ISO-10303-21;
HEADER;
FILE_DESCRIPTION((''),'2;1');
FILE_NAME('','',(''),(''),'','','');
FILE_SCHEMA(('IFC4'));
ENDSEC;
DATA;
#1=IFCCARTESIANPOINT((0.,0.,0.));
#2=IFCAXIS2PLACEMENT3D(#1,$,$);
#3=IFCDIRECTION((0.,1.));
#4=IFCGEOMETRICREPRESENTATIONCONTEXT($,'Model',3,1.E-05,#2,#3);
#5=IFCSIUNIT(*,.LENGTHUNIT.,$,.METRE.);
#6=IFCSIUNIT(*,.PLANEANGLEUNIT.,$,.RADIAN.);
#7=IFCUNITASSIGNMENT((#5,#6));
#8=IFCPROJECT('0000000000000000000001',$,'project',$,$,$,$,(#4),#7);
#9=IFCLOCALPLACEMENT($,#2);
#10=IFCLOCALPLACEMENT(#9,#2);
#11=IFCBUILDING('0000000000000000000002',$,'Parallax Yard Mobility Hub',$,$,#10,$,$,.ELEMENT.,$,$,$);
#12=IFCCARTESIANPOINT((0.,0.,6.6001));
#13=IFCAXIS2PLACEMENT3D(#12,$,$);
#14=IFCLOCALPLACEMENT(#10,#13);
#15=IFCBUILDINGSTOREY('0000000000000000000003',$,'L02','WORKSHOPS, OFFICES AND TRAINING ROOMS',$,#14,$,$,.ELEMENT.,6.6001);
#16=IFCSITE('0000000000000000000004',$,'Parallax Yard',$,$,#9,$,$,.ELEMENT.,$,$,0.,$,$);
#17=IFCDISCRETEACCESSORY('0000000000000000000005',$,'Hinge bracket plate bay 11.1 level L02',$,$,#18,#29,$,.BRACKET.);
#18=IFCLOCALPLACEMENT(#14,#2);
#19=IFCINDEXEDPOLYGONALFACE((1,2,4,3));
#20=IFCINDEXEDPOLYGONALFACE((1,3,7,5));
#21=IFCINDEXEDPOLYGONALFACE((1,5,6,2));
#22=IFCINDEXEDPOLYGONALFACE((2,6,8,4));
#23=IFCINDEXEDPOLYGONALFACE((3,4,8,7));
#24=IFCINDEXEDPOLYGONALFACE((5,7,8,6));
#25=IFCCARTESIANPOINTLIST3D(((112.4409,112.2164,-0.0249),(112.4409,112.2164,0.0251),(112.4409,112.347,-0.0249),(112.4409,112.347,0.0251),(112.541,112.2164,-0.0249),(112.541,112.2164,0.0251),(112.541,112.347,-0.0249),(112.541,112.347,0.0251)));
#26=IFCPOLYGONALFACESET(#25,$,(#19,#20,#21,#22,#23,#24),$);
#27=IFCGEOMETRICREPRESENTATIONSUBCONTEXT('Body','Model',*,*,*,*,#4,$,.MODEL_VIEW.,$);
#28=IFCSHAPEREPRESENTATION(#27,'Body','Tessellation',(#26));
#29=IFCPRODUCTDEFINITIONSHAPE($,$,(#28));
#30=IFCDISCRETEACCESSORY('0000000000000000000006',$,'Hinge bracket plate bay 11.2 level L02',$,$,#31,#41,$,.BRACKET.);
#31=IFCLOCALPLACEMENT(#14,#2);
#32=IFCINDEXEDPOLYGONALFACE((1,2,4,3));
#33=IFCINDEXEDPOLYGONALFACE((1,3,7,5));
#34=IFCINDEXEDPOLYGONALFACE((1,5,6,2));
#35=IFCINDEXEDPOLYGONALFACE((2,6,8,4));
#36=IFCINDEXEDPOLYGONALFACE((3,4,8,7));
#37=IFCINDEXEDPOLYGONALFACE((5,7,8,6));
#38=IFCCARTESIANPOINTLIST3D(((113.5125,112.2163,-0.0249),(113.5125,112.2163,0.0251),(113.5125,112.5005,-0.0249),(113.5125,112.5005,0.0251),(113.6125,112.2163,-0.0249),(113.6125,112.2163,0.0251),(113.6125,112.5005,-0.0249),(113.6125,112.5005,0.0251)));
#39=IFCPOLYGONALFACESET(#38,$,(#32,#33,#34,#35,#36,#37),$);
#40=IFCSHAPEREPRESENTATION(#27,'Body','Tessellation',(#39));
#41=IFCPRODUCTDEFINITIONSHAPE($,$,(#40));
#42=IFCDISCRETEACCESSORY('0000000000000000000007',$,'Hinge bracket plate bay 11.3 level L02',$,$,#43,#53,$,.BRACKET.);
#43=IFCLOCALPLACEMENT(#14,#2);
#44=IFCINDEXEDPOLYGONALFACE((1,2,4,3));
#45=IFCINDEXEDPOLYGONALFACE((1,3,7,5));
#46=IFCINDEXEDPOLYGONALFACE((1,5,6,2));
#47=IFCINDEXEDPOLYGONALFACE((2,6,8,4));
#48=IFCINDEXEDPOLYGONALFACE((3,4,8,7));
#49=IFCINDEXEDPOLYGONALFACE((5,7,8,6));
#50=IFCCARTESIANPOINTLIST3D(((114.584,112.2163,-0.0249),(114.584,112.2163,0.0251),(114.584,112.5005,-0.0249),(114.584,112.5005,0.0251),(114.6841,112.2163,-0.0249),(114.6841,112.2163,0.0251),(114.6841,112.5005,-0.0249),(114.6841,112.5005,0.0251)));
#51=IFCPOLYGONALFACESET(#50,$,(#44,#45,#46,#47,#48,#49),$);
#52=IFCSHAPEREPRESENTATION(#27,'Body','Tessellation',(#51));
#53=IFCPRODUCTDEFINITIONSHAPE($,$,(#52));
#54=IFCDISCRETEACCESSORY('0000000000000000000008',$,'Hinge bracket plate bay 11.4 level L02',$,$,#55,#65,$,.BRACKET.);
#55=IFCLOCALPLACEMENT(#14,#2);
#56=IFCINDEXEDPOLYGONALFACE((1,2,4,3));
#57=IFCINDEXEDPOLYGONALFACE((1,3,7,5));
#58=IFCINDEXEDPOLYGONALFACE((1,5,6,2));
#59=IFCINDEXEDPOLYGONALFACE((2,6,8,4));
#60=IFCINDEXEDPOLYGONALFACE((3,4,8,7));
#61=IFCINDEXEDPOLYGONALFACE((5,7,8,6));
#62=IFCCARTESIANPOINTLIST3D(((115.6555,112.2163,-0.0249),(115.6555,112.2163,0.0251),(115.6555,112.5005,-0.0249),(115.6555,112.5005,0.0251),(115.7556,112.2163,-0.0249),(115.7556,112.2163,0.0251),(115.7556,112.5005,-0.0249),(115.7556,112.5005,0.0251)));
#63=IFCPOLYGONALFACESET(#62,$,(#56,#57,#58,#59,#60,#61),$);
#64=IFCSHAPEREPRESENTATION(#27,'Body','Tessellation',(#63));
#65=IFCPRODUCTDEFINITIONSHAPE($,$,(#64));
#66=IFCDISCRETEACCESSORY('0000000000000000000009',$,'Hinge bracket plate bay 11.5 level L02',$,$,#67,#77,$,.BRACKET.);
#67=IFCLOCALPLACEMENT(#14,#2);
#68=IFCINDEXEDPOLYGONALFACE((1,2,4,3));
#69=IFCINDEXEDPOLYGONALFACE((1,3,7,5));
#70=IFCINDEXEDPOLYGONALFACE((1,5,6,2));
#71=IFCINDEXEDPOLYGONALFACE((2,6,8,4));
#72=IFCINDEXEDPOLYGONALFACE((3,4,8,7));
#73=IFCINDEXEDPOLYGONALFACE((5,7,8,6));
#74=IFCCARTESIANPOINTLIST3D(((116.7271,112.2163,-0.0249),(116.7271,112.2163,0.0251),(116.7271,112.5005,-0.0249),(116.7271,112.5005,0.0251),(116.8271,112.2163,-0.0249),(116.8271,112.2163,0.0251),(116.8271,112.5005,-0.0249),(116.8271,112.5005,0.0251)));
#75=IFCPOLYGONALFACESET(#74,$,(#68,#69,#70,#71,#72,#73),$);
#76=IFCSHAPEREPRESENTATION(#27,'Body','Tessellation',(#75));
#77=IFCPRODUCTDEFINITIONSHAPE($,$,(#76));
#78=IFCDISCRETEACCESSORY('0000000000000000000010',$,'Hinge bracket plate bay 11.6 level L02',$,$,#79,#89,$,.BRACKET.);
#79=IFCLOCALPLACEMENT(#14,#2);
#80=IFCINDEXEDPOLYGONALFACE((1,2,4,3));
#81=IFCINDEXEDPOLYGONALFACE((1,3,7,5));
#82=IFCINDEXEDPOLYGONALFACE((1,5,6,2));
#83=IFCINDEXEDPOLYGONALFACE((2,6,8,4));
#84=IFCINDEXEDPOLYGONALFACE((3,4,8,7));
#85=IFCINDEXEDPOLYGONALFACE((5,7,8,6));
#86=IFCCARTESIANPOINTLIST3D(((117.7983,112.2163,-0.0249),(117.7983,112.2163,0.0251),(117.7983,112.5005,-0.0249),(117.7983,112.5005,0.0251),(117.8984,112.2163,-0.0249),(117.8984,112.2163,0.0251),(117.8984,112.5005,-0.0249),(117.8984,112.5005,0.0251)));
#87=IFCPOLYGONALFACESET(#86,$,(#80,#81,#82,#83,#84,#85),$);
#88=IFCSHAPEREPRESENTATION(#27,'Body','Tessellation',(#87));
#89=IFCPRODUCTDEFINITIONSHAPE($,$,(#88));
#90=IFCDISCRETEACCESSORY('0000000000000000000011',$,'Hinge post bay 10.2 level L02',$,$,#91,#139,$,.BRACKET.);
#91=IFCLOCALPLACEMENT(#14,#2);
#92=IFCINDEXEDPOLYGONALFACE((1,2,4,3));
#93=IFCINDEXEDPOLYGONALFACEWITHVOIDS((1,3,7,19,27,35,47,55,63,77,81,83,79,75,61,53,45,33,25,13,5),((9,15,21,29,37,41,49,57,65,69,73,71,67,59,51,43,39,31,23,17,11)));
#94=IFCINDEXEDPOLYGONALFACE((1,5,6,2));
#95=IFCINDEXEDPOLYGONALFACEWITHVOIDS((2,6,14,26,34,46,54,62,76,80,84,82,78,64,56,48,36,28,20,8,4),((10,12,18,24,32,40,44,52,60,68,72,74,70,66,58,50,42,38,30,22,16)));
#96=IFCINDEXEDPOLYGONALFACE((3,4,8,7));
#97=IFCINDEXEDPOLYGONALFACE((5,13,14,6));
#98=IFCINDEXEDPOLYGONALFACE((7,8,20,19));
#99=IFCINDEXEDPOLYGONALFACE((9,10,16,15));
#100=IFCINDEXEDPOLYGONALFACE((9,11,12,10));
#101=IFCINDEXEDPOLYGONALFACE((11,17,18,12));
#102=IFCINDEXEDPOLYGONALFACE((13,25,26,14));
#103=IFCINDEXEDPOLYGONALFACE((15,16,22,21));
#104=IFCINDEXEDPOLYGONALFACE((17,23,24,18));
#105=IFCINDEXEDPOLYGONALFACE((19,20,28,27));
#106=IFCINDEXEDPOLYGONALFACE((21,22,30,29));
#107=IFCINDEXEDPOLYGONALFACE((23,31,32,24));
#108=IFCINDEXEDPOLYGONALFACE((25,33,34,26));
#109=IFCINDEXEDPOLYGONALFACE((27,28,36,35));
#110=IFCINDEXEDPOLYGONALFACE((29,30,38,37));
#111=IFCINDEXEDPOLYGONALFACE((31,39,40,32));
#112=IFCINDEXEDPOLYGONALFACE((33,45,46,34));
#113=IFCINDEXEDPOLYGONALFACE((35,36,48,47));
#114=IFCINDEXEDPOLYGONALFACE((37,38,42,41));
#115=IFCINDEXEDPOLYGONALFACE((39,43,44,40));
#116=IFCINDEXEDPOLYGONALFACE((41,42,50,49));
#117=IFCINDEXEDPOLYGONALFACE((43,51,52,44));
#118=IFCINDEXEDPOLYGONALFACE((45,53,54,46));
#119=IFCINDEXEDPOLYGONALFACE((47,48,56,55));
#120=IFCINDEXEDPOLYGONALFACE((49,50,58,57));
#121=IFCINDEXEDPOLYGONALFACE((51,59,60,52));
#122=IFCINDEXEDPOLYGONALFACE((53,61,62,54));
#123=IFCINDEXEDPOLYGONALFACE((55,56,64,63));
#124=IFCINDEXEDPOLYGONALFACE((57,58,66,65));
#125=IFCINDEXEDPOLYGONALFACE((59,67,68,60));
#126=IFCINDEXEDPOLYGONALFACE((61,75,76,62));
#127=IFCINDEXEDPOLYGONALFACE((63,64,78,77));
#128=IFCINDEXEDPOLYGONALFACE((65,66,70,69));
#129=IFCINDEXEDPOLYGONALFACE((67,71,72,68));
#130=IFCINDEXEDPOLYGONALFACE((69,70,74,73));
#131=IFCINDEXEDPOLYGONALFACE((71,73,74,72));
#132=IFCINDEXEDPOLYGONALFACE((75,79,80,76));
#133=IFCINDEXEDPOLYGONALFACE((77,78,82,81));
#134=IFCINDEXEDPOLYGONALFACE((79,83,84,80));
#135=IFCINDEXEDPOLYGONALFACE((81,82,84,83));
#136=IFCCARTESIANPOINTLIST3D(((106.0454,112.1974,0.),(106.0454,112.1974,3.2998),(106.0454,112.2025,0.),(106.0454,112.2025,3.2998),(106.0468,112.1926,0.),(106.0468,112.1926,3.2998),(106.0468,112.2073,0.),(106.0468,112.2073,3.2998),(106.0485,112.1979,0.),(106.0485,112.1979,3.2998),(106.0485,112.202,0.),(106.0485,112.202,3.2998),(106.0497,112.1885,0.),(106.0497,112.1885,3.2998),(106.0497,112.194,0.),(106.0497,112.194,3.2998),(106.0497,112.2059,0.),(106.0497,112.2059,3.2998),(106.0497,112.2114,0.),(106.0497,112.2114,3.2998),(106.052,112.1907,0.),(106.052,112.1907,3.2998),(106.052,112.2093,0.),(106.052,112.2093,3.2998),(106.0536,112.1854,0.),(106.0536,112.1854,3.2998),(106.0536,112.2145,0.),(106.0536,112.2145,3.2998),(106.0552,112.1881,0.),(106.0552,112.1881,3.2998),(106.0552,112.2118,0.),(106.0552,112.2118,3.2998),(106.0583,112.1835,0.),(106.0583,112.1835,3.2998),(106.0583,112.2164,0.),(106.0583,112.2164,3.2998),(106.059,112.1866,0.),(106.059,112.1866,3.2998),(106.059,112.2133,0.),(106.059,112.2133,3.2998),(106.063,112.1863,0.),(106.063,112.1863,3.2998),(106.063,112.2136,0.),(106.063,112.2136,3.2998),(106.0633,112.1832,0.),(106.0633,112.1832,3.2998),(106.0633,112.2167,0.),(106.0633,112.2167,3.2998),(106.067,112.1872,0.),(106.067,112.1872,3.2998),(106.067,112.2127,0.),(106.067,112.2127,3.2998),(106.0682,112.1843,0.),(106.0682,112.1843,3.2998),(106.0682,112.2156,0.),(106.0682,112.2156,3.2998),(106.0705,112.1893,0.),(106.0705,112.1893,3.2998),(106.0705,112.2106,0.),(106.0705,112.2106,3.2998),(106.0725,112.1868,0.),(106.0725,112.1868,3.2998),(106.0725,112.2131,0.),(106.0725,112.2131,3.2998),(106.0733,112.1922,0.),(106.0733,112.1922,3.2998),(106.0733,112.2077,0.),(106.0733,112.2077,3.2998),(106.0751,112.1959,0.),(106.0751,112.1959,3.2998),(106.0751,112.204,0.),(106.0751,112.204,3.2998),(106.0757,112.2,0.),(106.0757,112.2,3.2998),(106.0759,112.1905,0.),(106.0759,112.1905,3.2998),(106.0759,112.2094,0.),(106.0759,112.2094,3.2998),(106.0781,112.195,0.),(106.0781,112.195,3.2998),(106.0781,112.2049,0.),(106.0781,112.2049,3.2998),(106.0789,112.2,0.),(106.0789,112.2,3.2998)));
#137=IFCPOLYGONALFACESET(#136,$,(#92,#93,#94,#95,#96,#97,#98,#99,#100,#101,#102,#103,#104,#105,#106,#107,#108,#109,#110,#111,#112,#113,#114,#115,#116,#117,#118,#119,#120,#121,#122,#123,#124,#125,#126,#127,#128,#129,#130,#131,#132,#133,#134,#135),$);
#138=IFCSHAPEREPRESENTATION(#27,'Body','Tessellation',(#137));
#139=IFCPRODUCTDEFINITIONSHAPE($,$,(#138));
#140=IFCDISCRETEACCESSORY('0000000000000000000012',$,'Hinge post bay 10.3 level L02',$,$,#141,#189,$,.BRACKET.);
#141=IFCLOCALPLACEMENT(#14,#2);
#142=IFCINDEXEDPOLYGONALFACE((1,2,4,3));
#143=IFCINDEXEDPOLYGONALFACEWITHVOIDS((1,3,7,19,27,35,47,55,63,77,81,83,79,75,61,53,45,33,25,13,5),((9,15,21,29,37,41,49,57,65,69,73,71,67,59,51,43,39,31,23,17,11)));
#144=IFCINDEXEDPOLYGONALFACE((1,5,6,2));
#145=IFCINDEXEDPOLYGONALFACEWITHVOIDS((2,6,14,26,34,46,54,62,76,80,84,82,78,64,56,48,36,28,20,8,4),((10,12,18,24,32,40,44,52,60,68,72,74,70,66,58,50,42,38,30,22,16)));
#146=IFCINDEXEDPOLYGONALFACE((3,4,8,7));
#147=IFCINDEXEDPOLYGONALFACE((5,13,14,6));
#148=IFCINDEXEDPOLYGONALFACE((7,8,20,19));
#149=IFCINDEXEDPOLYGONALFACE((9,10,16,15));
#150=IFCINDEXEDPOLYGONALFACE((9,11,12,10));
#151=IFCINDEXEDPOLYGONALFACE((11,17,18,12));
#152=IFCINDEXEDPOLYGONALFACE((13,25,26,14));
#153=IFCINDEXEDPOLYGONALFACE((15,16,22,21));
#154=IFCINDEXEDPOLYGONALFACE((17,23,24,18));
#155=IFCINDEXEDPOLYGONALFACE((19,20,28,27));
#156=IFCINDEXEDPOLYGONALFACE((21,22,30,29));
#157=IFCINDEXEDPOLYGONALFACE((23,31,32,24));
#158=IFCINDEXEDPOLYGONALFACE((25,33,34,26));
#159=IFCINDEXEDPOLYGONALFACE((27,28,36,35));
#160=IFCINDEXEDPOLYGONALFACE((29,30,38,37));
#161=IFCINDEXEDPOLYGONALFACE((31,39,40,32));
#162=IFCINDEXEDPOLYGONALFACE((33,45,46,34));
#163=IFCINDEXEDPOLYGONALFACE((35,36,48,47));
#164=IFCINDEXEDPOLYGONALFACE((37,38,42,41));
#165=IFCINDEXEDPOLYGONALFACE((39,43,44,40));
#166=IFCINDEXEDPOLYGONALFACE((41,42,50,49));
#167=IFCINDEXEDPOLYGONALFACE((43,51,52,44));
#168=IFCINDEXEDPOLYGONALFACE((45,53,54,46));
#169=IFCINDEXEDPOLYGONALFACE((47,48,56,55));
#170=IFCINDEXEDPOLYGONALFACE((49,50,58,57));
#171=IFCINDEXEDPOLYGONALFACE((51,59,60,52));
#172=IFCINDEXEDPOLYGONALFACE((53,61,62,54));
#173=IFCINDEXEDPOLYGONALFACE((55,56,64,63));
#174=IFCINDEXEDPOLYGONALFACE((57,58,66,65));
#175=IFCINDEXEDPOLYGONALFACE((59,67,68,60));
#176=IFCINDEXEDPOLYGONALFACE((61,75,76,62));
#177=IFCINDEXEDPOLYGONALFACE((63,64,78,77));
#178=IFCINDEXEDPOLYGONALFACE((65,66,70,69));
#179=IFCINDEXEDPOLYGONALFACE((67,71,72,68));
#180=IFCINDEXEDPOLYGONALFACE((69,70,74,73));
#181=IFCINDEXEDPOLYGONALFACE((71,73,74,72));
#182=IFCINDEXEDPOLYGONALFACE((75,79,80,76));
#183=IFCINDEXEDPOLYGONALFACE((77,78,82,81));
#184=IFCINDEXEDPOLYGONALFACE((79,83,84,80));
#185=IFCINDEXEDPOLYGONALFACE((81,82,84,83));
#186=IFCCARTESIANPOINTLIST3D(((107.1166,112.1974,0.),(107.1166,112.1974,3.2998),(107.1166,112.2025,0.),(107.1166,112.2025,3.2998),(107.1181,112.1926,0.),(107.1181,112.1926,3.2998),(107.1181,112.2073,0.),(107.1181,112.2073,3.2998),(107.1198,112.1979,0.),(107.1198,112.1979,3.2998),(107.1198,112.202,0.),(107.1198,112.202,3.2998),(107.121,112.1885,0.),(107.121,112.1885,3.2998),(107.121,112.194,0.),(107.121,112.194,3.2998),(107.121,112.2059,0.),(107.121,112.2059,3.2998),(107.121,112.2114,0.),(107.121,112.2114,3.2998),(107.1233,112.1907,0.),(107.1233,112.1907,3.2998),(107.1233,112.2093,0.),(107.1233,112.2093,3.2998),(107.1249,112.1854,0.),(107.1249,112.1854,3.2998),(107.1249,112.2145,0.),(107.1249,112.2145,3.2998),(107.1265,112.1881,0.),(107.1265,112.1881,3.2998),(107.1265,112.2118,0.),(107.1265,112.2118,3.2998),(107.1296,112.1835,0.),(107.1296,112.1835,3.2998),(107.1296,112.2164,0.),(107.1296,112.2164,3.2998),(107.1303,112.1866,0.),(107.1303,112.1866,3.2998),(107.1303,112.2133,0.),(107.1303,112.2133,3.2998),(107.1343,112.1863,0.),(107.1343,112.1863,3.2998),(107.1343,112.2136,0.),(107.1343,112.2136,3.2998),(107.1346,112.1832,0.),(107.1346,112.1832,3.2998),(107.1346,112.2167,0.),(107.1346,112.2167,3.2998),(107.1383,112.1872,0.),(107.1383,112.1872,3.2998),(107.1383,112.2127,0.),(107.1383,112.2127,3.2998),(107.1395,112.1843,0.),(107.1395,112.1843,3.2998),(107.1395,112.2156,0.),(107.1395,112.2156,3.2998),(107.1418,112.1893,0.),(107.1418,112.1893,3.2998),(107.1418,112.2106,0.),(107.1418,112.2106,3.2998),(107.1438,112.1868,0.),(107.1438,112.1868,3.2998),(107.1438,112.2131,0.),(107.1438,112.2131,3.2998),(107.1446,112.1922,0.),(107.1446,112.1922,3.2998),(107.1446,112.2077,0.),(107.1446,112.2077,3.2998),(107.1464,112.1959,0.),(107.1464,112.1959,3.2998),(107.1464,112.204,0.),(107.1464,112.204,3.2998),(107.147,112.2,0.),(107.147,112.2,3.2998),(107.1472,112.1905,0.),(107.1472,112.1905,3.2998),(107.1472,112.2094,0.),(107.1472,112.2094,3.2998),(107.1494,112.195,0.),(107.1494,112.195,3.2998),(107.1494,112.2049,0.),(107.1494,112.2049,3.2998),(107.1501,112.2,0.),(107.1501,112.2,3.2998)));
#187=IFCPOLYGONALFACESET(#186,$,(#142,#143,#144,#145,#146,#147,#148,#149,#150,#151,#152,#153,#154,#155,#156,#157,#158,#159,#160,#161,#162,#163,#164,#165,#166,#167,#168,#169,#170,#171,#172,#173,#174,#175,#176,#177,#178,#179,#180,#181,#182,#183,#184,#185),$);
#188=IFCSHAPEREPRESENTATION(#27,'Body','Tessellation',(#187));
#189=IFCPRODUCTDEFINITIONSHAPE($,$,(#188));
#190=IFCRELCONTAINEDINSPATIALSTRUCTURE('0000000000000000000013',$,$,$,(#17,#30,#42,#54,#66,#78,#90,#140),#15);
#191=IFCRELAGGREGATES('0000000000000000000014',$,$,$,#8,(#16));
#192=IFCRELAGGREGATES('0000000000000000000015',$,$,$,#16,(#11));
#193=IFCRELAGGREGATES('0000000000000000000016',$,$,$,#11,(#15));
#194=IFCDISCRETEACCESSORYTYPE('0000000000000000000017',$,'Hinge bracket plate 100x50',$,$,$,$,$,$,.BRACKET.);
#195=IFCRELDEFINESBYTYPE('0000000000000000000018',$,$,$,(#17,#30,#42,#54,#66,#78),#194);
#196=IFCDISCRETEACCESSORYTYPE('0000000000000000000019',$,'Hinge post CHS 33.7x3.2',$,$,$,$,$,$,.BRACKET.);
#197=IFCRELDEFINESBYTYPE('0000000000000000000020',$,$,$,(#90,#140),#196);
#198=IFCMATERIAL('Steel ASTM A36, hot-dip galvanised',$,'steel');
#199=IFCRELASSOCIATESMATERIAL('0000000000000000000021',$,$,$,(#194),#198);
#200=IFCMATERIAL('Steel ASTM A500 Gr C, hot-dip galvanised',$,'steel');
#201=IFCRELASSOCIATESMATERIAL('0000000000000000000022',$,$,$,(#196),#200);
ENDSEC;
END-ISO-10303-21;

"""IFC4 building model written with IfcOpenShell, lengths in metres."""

from ifc_helpers import new_model, si_unit, direction, frame, origin, origin_2d, place, context, subcontext, project, spatial, rectangle, hollow_circle, extrude, material, material_profile, profile_set, type_object, element, save


model = new_model("IFC4")

# Units and contexts
model_context = context("Model", 3, precision=1e-05, world=origin(), true_north=direction((0.0, 1.0)))
body_context = subcontext(model_context, "Body", "Model", "MODEL_VIEW")
ifc_project = project(units=[si_unit("LENGTHUNIT", "METRE"), si_unit("PLANEANGLEUNIT", "RADIAN")], contexts=[model_context])

# Site, building, storey
site_placement = place(None, origin())
site = spatial("IfcSite", under=ifc_project, at=site_placement, Name="Parallax Yard", CompositionType="ELEMENT", RefElevation=0.0)
building_placement = place(site_placement, origin())
building = spatial("IfcBuilding", under=site, at=building_placement, Name="Parallax Yard Mobility Hub", CompositionType="ELEMENT")
storey_placement = place(building_placement, frame((0.0, 0.0, 6.6001)))
storey = spatial("IfcBuildingStorey", under=building, at=storey_placement, Name="L02", Description="WORKSHOPS, OFFICES AND TRAINING ROOMS", CompositionType="ELEMENT", Elevation=6.6001)

# Discrete accessories
ifc_material_1 = material(Name="Steel ASTM A36, hot-dip galvanised", Category="steel")
discrete_accessory_type_1 = type_object("IfcDiscreteAccessoryType", Name="Hinge bracket plate 100x50", PredefinedType="BRACKET", material=ifc_material_1)
discrete_accessory_placement = place(storey_placement, frame((112.491, 112.2817, -0.0249), z_axis=(0.0, 0.0, 1.0), x_axis=(0.0, -1.0, 0.0)))
element("IfcDiscreteAccessory", 1, at=discrete_accessory_placement, inside=storey, type_object=discrete_accessory_type_1, Name="Hinge bracket plate bay 11.1 level L02", PredefinedType="BRACKET", context=body_context, shape_type="SweptSolid", body=[
    extrude(rectangle(XDim=0.1306, YDim=0.1001, at=origin_2d()), origin(), (0.0, 0.0, 1.0), 0.05),
])
for number, where, z_axis, x_axis, name in (
    (2, (113.5625, 112.3584, -0.0249), (0.0, 0.0, 1.0), (0.0, -1.0, 0.0), "Hinge bracket plate bay 11.2 level L02"),
    (3, (114.634, 112.3584, -0.0249), (0.0, 0.0, 1.0), (0.0, -1.0, 0.0), "Hinge bracket plate bay 11.3 level L02"),
    (4, (115.7056, 112.3584, -0.0249), (0.0, 0.0, 1.0), (0.0, -1.0, 0.0), "Hinge bracket plate bay 11.4 level L02"),
    (5, (116.7771, 112.3584, -0.0249), (0.0, 0.0, 1.0), (0.0, -1.0, 0.0), "Hinge bracket plate bay 11.5 level L02"),
    (6, (117.8484, 112.3584, -0.0249), (0.0, 0.0, 1.0), (0.0, -1.0, 0.0), "Hinge bracket plate bay 11.6 level L02"),
):
    element("IfcDiscreteAccessory", number, at=place(storey_placement, frame(where, z_axis=z_axis, x_axis=x_axis)), inside=storey, type_object=discrete_accessory_type_1, Name=name, PredefinedType="BRACKET", context=body_context, shape_type="SweptSolid", body=[
        extrude(rectangle(XDim=0.2842, YDim=0.1001, at=origin_2d()), origin(), (0.0, 0.0, 1.0), 0.05),
    ])
ifc_material_2 = material(Name="Steel ASTM A500 Gr C, hot-dip galvanised", Category="steel")
ifc_material_profile_1 = material_profile(ifc_material_2, hollow_circle(Radius=0.0168, WallThickness=0.0032, at=origin_2d()), Name="CHS 33.7x3.2")
ifc_profile_set_1 = profile_set([ifc_material_profile_1], Name="Steel ASTM A500 Gr C, hot-dip galvanised")
discrete_accessory_type_2 = type_object("IfcDiscreteAccessoryType", Name="Hinge post CHS 33.7x3.2", PredefinedType="BRACKET", material=ifc_profile_set_1)
for number, where, z_axis, x_axis, name in (
    (7, (106.062, 112.2, 0.0), (0.0, 0.0, 1.0), (1.0, 0.0, 0.0), "Hinge post bay 10.2 level L02"),
    (8, (107.1333, 112.2, 0.0), (0.0, 0.0, 1.0), (1.0, 0.0, 0.0), "Hinge post bay 10.3 level L02"),
):
    element("IfcDiscreteAccessory", number, at=place(storey_placement, frame(where, z_axis=z_axis, x_axis=x_axis)), inside=storey, type_object=discrete_accessory_type_2, Name=name, PredefinedType="BRACKET", context=body_context, shape_type="SweptSolid", body=[
        extrude(hollow_circle(Radius=0.0168, WallThickness=0.0032, at=origin_2d()), origin(), (0.0, 0.0, 1.0), 3.2998),
    ])

save(model, "model.ifc")
